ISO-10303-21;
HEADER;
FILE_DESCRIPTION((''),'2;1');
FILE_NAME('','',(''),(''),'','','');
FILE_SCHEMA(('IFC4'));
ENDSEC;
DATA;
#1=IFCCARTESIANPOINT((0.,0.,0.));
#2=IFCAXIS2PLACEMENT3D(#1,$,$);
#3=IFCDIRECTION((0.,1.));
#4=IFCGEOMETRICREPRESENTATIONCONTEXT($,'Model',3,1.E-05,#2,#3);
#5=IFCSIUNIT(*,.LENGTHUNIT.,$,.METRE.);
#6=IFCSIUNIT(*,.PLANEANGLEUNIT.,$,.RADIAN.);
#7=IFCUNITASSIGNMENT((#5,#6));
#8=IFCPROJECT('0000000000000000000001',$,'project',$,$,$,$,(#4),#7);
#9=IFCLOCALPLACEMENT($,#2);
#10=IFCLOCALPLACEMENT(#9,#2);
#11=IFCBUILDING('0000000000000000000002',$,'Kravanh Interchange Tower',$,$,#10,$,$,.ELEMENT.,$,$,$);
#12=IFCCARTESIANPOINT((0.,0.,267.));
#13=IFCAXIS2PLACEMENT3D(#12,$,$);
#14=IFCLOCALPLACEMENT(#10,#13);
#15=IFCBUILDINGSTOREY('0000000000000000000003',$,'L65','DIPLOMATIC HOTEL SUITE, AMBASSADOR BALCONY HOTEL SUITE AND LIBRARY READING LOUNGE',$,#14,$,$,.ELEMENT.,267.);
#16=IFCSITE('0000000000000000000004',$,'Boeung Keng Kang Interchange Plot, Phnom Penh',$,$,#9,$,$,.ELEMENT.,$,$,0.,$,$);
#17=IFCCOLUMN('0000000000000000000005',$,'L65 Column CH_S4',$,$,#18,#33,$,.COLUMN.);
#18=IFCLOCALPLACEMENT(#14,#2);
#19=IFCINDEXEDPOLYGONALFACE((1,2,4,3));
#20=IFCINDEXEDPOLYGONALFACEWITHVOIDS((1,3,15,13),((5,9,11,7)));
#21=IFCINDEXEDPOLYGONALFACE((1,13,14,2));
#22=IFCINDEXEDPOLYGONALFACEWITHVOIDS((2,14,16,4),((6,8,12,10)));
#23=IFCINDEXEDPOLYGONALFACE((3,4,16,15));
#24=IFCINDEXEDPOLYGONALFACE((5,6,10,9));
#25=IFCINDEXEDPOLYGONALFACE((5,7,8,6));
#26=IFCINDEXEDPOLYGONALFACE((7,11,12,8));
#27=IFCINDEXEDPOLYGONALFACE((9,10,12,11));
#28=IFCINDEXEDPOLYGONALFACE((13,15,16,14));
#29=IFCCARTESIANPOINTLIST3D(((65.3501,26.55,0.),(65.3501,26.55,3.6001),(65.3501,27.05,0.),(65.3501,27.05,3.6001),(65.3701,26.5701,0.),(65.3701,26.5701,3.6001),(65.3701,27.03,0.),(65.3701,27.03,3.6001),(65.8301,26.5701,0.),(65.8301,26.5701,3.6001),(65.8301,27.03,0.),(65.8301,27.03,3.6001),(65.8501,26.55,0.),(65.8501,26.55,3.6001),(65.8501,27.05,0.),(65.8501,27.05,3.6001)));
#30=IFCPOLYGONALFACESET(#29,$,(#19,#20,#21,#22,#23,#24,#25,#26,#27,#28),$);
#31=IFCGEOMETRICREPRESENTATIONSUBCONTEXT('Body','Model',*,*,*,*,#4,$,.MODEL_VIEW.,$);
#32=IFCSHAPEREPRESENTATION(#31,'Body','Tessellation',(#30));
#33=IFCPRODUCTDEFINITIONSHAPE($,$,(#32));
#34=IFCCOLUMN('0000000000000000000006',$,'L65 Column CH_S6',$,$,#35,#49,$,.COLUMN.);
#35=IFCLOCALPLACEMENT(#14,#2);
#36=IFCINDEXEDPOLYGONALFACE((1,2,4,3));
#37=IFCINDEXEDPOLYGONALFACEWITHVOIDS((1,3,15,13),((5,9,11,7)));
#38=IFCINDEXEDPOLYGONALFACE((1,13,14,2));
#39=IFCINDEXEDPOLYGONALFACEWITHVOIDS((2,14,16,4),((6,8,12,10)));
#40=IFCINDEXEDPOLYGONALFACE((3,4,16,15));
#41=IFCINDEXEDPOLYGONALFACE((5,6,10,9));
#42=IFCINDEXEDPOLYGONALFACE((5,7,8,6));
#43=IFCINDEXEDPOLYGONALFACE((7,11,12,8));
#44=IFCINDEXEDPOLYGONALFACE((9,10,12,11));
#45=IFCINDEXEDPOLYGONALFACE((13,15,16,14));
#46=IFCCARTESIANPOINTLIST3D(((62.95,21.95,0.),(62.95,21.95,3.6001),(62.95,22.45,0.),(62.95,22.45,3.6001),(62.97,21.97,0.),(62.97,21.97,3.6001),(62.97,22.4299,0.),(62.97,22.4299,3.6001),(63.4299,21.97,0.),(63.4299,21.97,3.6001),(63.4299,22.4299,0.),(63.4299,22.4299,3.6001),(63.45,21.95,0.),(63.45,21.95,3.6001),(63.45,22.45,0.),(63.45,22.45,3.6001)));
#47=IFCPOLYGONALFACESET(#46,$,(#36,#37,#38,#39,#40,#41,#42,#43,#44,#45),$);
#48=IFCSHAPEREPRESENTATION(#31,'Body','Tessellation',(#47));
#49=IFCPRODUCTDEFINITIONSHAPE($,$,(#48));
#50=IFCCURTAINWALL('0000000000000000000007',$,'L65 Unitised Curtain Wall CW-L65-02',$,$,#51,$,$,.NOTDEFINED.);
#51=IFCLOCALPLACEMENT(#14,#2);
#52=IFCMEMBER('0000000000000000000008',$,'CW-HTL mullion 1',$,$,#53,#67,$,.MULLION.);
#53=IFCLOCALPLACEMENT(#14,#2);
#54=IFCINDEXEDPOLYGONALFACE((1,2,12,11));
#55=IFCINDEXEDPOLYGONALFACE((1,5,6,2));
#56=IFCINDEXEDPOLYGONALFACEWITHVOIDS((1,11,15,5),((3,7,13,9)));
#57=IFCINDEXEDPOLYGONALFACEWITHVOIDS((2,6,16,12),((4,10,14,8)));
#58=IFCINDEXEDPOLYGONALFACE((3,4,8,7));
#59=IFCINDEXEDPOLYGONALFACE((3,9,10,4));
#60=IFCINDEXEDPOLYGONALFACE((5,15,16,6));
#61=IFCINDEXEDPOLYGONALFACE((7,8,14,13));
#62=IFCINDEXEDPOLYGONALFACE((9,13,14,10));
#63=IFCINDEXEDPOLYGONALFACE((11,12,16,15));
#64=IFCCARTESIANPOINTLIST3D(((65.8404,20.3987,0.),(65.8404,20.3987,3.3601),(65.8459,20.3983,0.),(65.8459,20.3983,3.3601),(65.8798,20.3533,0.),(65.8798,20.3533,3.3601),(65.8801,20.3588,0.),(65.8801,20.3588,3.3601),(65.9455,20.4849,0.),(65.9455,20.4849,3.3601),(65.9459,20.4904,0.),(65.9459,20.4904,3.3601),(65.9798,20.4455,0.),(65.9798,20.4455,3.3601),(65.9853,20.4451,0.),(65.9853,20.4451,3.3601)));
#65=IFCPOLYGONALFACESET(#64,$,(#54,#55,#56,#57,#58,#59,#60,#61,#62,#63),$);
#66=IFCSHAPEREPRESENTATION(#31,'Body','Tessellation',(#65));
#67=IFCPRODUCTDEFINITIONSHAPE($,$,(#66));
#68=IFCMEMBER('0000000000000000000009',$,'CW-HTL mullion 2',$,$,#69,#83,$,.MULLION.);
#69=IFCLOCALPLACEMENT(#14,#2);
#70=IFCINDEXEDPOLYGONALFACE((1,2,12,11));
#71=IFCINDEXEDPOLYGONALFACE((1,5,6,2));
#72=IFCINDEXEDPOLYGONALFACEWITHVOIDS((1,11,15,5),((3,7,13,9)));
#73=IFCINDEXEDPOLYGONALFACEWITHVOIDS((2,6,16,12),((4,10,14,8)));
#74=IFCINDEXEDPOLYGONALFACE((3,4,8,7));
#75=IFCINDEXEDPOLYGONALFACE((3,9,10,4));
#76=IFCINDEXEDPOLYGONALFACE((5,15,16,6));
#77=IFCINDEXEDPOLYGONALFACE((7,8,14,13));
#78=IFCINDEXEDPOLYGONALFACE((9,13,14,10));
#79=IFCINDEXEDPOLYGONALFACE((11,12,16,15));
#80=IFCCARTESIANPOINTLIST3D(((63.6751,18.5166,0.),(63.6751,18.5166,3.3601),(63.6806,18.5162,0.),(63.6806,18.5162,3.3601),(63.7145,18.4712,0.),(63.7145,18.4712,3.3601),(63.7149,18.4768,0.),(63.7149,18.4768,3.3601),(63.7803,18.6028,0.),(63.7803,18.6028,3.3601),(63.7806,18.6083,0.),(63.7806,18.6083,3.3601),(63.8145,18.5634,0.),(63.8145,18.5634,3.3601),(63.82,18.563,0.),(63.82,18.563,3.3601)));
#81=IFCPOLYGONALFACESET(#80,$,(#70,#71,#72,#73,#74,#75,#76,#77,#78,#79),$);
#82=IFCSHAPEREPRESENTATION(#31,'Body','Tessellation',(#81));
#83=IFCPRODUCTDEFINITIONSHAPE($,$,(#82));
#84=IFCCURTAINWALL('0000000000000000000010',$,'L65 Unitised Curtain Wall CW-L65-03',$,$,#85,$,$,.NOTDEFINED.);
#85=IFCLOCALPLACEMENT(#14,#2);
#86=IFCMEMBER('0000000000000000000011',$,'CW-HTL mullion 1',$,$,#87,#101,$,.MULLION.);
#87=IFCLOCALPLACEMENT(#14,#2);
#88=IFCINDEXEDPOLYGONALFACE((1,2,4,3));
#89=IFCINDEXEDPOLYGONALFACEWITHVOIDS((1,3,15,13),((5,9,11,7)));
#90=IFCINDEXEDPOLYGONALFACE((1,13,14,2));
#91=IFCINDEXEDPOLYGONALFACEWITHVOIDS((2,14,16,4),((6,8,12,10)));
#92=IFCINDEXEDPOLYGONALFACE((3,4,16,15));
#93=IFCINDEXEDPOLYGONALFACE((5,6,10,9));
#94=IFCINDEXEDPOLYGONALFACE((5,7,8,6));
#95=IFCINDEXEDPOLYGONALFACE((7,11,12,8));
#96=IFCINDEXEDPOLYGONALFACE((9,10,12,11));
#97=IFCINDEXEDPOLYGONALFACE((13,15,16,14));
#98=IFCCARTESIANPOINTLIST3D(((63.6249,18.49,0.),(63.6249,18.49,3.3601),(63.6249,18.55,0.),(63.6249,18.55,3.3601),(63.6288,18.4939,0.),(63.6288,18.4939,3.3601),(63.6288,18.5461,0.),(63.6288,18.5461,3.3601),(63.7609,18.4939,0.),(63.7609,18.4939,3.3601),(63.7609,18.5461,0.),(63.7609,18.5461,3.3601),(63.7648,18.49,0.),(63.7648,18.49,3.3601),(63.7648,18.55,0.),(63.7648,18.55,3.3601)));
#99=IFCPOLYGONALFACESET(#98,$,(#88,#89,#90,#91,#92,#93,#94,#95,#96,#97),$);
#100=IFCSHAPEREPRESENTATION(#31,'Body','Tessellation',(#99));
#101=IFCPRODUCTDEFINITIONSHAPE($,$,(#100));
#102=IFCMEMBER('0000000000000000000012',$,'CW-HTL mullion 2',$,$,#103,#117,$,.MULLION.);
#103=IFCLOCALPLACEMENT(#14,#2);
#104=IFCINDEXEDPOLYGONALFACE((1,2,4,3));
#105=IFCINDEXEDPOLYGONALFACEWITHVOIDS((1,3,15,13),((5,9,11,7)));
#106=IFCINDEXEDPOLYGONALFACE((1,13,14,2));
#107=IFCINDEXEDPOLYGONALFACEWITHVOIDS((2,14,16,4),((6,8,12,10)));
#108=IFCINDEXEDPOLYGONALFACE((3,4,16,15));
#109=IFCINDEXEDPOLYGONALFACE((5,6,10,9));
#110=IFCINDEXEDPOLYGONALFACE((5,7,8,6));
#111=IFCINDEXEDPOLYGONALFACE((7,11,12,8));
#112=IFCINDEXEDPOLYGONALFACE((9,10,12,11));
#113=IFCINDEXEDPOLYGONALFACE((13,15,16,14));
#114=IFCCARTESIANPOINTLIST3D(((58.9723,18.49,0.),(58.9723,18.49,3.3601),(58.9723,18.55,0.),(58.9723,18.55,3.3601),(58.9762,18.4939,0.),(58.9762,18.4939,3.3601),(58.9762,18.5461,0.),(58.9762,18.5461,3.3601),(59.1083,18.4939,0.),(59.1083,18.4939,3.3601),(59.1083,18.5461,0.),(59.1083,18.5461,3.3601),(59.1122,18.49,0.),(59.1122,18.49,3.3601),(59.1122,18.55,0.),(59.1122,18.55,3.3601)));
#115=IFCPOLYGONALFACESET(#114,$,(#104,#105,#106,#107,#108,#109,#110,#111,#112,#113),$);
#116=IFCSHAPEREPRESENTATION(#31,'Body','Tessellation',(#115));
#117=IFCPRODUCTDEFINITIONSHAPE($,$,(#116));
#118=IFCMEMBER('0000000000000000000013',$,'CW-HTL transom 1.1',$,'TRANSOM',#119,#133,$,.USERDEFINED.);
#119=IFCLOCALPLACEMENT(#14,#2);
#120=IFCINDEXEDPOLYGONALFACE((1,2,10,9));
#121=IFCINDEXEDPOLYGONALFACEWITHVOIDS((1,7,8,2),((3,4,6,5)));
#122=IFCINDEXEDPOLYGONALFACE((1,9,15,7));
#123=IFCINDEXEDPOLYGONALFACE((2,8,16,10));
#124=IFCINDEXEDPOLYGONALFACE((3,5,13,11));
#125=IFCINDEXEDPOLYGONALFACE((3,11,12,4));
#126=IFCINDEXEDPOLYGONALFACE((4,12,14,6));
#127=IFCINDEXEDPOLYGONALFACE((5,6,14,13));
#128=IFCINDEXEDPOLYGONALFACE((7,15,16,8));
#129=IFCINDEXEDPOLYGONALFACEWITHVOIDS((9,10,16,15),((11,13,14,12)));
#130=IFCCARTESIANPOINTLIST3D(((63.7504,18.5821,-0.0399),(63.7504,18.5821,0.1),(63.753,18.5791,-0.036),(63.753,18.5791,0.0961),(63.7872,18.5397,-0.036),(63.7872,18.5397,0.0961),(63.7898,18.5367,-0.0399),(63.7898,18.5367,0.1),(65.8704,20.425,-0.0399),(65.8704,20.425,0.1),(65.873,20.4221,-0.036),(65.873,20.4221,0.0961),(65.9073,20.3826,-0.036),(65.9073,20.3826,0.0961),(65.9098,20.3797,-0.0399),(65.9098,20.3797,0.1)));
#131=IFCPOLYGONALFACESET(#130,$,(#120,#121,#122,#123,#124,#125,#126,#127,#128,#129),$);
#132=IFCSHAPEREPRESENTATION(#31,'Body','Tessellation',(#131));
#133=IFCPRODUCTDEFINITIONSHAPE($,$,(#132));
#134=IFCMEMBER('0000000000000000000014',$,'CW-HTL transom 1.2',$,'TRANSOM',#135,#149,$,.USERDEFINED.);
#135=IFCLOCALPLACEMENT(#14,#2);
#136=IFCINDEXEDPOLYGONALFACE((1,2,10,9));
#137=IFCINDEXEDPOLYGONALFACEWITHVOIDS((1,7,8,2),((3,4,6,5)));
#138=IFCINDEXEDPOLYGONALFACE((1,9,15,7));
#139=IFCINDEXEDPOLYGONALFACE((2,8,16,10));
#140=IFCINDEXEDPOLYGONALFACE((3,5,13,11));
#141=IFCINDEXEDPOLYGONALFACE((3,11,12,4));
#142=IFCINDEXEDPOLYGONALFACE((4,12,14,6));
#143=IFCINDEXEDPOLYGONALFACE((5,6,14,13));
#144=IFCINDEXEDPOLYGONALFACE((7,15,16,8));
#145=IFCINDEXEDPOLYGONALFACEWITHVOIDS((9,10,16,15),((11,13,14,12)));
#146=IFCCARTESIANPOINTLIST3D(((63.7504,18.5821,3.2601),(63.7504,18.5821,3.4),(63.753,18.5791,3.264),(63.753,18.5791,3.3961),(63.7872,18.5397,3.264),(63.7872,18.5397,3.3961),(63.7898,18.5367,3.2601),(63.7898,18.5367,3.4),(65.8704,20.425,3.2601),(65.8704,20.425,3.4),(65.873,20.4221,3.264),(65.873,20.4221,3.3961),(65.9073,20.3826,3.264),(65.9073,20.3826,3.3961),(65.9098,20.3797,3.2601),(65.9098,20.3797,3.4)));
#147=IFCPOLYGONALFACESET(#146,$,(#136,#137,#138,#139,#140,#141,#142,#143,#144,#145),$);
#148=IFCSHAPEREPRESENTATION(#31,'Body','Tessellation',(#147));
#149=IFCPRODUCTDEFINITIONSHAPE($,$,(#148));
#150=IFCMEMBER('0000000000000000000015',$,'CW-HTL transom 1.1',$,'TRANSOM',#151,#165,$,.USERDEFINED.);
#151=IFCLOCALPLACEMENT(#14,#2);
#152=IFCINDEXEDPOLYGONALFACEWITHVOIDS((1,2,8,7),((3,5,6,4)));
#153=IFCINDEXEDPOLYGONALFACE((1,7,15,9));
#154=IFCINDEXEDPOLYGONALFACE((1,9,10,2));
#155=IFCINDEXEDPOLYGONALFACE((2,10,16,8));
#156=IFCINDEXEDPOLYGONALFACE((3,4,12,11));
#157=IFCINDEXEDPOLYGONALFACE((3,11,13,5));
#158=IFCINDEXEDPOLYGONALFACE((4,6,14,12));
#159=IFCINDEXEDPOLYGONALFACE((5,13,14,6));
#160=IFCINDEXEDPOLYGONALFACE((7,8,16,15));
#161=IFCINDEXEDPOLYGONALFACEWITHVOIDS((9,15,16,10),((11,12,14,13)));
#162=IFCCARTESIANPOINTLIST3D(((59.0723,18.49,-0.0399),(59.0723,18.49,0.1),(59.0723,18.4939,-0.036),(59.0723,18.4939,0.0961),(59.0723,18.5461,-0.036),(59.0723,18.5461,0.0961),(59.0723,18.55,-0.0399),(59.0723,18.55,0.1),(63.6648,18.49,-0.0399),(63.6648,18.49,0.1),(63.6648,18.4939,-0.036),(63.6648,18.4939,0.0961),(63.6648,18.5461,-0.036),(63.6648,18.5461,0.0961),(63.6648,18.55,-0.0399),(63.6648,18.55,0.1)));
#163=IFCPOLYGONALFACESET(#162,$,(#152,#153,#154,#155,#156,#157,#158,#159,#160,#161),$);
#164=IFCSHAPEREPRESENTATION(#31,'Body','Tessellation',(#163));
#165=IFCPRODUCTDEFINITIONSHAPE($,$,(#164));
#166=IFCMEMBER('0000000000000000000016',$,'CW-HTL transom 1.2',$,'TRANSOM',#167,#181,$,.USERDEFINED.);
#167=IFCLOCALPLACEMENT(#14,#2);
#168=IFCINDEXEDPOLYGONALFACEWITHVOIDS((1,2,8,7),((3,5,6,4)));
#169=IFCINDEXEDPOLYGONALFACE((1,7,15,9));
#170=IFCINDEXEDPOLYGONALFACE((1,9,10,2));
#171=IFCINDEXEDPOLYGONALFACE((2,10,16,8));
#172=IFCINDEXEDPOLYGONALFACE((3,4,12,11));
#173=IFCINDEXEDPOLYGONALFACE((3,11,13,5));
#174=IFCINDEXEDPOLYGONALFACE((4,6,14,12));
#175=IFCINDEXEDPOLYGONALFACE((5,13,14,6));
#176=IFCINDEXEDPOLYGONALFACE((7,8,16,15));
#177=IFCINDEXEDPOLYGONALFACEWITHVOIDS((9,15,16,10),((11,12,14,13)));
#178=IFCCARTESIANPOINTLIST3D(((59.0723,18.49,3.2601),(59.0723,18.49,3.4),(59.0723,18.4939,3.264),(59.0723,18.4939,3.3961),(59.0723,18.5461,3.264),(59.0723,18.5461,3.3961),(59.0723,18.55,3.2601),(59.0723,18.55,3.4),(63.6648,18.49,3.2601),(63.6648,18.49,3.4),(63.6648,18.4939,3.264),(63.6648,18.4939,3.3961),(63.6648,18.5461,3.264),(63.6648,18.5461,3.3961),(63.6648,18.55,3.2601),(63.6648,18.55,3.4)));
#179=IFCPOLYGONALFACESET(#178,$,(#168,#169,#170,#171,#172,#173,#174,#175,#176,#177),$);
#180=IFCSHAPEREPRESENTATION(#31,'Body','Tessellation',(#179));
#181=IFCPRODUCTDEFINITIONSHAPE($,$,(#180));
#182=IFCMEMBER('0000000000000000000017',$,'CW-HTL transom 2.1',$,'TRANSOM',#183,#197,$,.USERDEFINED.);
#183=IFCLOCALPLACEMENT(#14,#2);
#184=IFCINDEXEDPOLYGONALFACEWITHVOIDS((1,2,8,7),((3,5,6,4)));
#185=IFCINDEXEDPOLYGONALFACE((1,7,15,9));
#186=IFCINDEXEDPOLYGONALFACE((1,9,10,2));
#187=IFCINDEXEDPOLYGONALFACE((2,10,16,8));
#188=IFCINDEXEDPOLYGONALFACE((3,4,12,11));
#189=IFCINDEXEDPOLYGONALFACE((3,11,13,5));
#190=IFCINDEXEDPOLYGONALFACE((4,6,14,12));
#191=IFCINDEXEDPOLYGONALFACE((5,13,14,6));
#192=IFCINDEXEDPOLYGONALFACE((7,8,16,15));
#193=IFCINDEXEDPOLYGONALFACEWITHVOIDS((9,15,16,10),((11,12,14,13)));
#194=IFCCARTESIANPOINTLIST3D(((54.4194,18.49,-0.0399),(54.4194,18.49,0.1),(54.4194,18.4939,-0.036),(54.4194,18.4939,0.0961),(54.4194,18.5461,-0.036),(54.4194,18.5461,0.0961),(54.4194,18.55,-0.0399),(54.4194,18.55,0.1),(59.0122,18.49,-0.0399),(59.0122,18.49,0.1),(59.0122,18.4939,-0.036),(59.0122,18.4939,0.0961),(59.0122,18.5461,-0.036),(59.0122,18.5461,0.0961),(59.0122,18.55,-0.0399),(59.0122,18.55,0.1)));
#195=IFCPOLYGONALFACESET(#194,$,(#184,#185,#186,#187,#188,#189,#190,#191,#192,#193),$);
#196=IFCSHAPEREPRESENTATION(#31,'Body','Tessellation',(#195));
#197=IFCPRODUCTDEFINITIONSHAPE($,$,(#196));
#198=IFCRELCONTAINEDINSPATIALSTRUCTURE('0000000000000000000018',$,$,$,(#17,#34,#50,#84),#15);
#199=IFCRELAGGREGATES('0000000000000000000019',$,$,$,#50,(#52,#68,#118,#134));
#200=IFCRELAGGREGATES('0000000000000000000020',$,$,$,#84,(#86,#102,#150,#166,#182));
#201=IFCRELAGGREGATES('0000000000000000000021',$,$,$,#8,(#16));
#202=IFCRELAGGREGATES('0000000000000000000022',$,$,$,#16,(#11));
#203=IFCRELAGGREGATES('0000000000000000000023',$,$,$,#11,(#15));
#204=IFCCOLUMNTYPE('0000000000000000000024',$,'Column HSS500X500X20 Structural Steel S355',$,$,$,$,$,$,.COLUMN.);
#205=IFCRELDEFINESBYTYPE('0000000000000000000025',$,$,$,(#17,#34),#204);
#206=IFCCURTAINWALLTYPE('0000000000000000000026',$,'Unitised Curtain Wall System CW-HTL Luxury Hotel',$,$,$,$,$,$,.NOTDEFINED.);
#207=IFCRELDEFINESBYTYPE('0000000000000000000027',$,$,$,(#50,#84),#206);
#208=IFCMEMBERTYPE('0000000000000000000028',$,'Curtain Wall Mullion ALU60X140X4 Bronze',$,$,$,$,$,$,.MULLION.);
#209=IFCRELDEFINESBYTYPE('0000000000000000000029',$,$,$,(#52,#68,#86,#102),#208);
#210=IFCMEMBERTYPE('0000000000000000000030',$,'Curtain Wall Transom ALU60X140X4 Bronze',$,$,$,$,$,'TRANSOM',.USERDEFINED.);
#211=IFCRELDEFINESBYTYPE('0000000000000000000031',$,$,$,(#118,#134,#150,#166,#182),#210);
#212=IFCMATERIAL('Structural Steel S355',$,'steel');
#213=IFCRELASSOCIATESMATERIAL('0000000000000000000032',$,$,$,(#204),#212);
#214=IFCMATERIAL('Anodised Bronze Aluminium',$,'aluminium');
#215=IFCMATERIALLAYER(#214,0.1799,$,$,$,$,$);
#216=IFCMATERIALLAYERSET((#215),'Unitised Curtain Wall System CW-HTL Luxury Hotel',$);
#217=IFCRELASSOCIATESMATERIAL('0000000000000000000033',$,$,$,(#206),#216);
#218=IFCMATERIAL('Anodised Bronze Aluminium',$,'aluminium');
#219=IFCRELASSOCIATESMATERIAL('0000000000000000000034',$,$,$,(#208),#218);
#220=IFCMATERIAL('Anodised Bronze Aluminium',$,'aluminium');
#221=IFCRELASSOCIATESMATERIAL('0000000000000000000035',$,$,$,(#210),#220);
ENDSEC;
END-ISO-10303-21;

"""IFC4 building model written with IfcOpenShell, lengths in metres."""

from ifc_helpers import new_model, si_unit, direction, frame, origin, origin_2d, place, context, subcontext, project, spatial, hollow_rectangle, extrude, material, layer, layer_set, material_profile, profile_set, type_object, element, aggregate, save


model = new_model("IFC4")

# Units and contexts
model_context = context("Model", 3, precision=1e-05, world=origin(), true_north=direction((0.0, 1.0)))
body_context = subcontext(model_context, "Body", "Model", "MODEL_VIEW")
ifc_project = project(units=[si_unit("LENGTHUNIT", "METRE"), si_unit("PLANEANGLEUNIT", "RADIAN")], contexts=[model_context])

# Site, building, storey
site_placement = place(None, origin())
site = spatial("IfcSite", under=ifc_project, at=site_placement, Name="Boeung Keng Kang Interchange Plot, Phnom Penh", CompositionType="ELEMENT", RefElevation=0.0)
building_placement = place(site_placement, origin())
building = spatial("IfcBuilding", under=site, at=building_placement, Name="Kravanh Interchange Tower", CompositionType="ELEMENT")
storey_placement = place(building_placement, frame((0.0, 0.0, 267.0)))
storey = spatial("IfcBuildingStorey", under=building, at=storey_placement, Name="L65", Description="DIPLOMATIC HOTEL SUITE, AMBASSADOR BALCONY HOTEL SUITE AND LIBRARY READING LOUNGE", CompositionType="ELEMENT", Elevation=267.0)

# Columns
ifc_material_1 = material(Name="Structural Steel S355", Category="steel")
ifc_material_profile_1 = material_profile(ifc_material_1, hollow_rectangle(XDim=0.5, YDim=0.5, WallThickness=0.02, at=origin_2d()), Name="HSS500X500X20")
ifc_profile_set_1 = profile_set([ifc_material_profile_1], Name="Structural Steel S355")
column_type = type_object("IfcColumnType", Name="Column HSS500X500X20 Structural Steel S355", PredefinedType="COLUMN", material=ifc_profile_set_1)
for number, where, z_axis, x_axis, name in (
    (1, (65.6001, 26.8, 0.0), (0.0, 0.0, 1.0), (1.0, 0.0, 0.0), "L65 Column CH_S4"),
    (2, (63.2, 22.2, 0.0), (0.0, 0.0, 1.0), (1.0, 0.0, 0.0), "L65 Column CH_S6"),
):
    element("IfcColumn", number, at=place(storey_placement, frame(where, z_axis=z_axis, x_axis=x_axis)), inside=storey, type_object=column_type, Name=name, PredefinedType="COLUMN", context=body_context, shape_type="SweptSolid", body=[
        extrude(hollow_rectangle(XDim=0.5, YDim=0.5, WallThickness=0.02, at=origin_2d()), origin(), (0.0, 0.0, 1.0), 3.6001),
    ])

# Curtain walls, members
ifc_material_2 = material(Name="Anodised Bronze Aluminium", Category="aluminium")
ifc_layer_1 = layer(ifc_material_2, 0.1799)
ifc_layer_set_1 = layer_set([ifc_layer_1], Name="Unitised Curtain Wall System CW-HTL Luxury Hotel")
curtain_wall_type = type_object("IfcCurtainWallType", Name="Unitised Curtain Wall System CW-HTL Luxury Hotel", PredefinedType="NOTDEFINED", material=ifc_layer_set_1)
curtain_wall_1_placement = place(storey_placement, origin())
curtain_wall_1 = element("IfcCurtainWall", 3, at=curtain_wall_1_placement, inside=storey, type_object=curtain_wall_type, Name="L65 Unitised Curtain Wall CW-L65-02", PredefinedType="NOTDEFINED")
ifc_material_3 = material(Name="Anodised Bronze Aluminium", Category="aluminium")
ifc_material_profile_2 = material_profile(ifc_material_3, hollow_rectangle(XDim=0.0601, YDim=0.1399, WallThickness=0.0039, at=origin_2d()), Name="ALU60X140X4")
ifc_profile_set_2 = profile_set([ifc_material_profile_2], Name="Anodised Bronze Aluminium")
member_type_1 = type_object("IfcMemberType", Name="Curtain Wall Mullion ALU60X140X4 Bronze", PredefinedType="MULLION", material=ifc_profile_set_2)
member_1_placement = place(storey_placement, frame((65.9128, 20.4219, 0.0), z_axis=(0.0, 0.0, 1.0), x_axis=(0.656033, -0.754732, 0.0)))
member_1 = element("IfcMember", 4, at=member_1_placement, type_object=member_type_1, Name="CW-HTL mullion 1", PredefinedType="MULLION", context=body_context, shape_type="SweptSolid", body=[
    extrude(hollow_rectangle(XDim=0.0601, YDim=0.1399, WallThickness=0.0039, at=origin_2d()), origin(), (0.0, 0.0, 1.0), 3.3601),
])
member_2_placement = place(storey_placement, frame((63.7476, 18.5398, 0.0), z_axis=(0.0, 0.0, 1.0), x_axis=(0.656033, -0.754732, 0.0)))
member_2 = element("IfcMember", 5, at=member_2_placement, type_object=member_type_1, Name="CW-HTL mullion 2", PredefinedType="MULLION", context=body_context, shape_type="SweptSolid", body=[
    extrude(hollow_rectangle(XDim=0.0601, YDim=0.1399, WallThickness=0.0039, at=origin_2d()), origin(), (0.0, 0.0, 1.0), 3.3601),
])
curtain_wall_2_placement = place(storey_placement, origin())
curtain_wall_2 = element("IfcCurtainWall", 6, at=curtain_wall_2_placement, inside=storey, type_object=curtain_wall_type, Name="L65 Unitised Curtain Wall CW-L65-03", PredefinedType="NOTDEFINED")
member_3_placement = place(storey_placement, frame((63.6948, 18.52, 0.0), z_axis=(0.0, 0.0, 1.0), x_axis=(0.0, -1.0, 0.0)))
member_3 = element("IfcMember", 7, at=member_3_placement, type_object=member_type_1, Name="CW-HTL mullion 1", PredefinedType="MULLION", context=body_context, shape_type="SweptSolid", body=[
    extrude(hollow_rectangle(XDim=0.0601, YDim=0.1399, WallThickness=0.0039, at=origin_2d()), origin(), (0.0, 0.0, 1.0), 3.3601),
])
member_4_placement = place(storey_placement, frame((59.0422, 18.52, 0.0), z_axis=(0.0, 0.0, 1.0), x_axis=(0.0, -1.0, 0.0)))
member_4 = element("IfcMember", 8, at=member_4_placement, type_object=member_type_1, Name="CW-HTL mullion 2", PredefinedType="MULLION", context=body_context, shape_type="SweptSolid", body=[
    extrude(hollow_rectangle(XDim=0.0601, YDim=0.1399, WallThickness=0.0039, at=origin_2d()), origin(), (0.0, 0.0, 1.0), 3.3601),
])

# Members
ifc_material_4 = material(Name="Anodised Bronze Aluminium", Category="aluminium")
ifc_material_profile_3 = material_profile(ifc_material_4, hollow_rectangle(XDim=0.0601, YDim=0.1399, WallThickness=0.0039, at=origin_2d()), Name="ALU60X140X4")
ifc_profile_set_3 = profile_set([ifc_material_profile_3], Name="Anodised Bronze Aluminium")
member_type_2 = type_object("IfcMemberType", Name="Curtain Wall Transom ALU60X140X4 Bronze", ElementType="TRANSOM", PredefinedType="USERDEFINED", material=ifc_profile_set_3)
member_5_placement = place(storey_placement, frame((65.8901, 20.4023, 0.03), z_axis=(-0.754705, -0.656065, 0.0), x_axis=(0.656065, -0.754705, 0.0)))
member_5 = element("IfcMember", 9, at=member_5_placement, type_object=member_type_2, Name="CW-HTL transom 1.1", ObjectType="TRANSOM", PredefinedType="USERDEFINED", context=body_context, shape_type="SweptSolid", body=[
    extrude(hollow_rectangle(XDim=0.0601, YDim=0.1399, WallThickness=0.0039, at=origin_2d()), origin(), (0.0, 0.0, 1.0), 2.8091),
])
member_6_placement = place(storey_placement, frame((65.8901, 20.4023, 3.3301), z_axis=(-0.754705, -0.656065, 0.0), x_axis=(0.656065, -0.754705, 0.0)))
member_6 = element("IfcMember", 10, at=member_6_placement, type_object=member_type_2, Name="CW-HTL transom 1.2", ObjectType="TRANSOM", PredefinedType="USERDEFINED", context=body_context, shape_type="SweptSolid", body=[
    extrude(hollow_rectangle(XDim=0.0601, YDim=0.1399, WallThickness=0.0039, at=origin_2d()), origin(), (0.0, 0.0, 1.0), 2.8091),
])
member_7_placement = place(storey_placement, frame((63.6648, 18.52, 0.03), z_axis=(-1.0, 0.0, 0.0), x_axis=(0.0, -1.0, 0.0)))
member_7 = element("IfcMember", 11, at=member_7_placement, type_object=member_type_2, Name="CW-HTL transom 1.1", ObjectType="TRANSOM", PredefinedType="USERDEFINED", context=body_context, shape_type="SweptSolid", body=[
    extrude(hollow_rectangle(XDim=0.0601, YDim=0.1399, WallThickness=0.0039, at=origin_2d()), origin(), (0.0, 0.0, 1.0), 4.5925),
])
member_8_placement = place(storey_placement, frame((63.6648, 18.52, 3.3301), z_axis=(-1.0, 0.0, 0.0), x_axis=(0.0, -1.0, 0.0)))
member_8 = element("IfcMember", 12, at=member_8_placement, type_object=member_type_2, Name="CW-HTL transom 1.2", ObjectType="TRANSOM", PredefinedType="USERDEFINED", context=body_context, shape_type="SweptSolid", body=[
    extrude(hollow_rectangle(XDim=0.0601, YDim=0.1399, WallThickness=0.0039, at=origin_2d()), origin(), (0.0, 0.0, 1.0), 4.5925),
])
member_9_placement = place(storey_placement, frame((59.0122, 18.52, 0.03), z_axis=(-1.0, 0.0, 0.0), x_axis=(0.0, -1.0, 0.0)))
member_9 = element("IfcMember", 13, at=member_9_placement, type_object=member_type_2, Name="CW-HTL transom 2.1", ObjectType="TRANSOM", PredefinedType="USERDEFINED", context=body_context, shape_type="SweptSolid", body=[
    extrude(hollow_rectangle(XDim=0.0601, YDim=0.1399, WallThickness=0.0039, at=origin_2d()), origin(), (0.0, 0.0, 1.0), 4.5928),
])

aggregate(curtain_wall_1, [member_1, member_2, member_5, member_6])
aggregate(curtain_wall_2, [member_3, member_4, member_7, member_8, member_9])

save(model, "model.ifc")
